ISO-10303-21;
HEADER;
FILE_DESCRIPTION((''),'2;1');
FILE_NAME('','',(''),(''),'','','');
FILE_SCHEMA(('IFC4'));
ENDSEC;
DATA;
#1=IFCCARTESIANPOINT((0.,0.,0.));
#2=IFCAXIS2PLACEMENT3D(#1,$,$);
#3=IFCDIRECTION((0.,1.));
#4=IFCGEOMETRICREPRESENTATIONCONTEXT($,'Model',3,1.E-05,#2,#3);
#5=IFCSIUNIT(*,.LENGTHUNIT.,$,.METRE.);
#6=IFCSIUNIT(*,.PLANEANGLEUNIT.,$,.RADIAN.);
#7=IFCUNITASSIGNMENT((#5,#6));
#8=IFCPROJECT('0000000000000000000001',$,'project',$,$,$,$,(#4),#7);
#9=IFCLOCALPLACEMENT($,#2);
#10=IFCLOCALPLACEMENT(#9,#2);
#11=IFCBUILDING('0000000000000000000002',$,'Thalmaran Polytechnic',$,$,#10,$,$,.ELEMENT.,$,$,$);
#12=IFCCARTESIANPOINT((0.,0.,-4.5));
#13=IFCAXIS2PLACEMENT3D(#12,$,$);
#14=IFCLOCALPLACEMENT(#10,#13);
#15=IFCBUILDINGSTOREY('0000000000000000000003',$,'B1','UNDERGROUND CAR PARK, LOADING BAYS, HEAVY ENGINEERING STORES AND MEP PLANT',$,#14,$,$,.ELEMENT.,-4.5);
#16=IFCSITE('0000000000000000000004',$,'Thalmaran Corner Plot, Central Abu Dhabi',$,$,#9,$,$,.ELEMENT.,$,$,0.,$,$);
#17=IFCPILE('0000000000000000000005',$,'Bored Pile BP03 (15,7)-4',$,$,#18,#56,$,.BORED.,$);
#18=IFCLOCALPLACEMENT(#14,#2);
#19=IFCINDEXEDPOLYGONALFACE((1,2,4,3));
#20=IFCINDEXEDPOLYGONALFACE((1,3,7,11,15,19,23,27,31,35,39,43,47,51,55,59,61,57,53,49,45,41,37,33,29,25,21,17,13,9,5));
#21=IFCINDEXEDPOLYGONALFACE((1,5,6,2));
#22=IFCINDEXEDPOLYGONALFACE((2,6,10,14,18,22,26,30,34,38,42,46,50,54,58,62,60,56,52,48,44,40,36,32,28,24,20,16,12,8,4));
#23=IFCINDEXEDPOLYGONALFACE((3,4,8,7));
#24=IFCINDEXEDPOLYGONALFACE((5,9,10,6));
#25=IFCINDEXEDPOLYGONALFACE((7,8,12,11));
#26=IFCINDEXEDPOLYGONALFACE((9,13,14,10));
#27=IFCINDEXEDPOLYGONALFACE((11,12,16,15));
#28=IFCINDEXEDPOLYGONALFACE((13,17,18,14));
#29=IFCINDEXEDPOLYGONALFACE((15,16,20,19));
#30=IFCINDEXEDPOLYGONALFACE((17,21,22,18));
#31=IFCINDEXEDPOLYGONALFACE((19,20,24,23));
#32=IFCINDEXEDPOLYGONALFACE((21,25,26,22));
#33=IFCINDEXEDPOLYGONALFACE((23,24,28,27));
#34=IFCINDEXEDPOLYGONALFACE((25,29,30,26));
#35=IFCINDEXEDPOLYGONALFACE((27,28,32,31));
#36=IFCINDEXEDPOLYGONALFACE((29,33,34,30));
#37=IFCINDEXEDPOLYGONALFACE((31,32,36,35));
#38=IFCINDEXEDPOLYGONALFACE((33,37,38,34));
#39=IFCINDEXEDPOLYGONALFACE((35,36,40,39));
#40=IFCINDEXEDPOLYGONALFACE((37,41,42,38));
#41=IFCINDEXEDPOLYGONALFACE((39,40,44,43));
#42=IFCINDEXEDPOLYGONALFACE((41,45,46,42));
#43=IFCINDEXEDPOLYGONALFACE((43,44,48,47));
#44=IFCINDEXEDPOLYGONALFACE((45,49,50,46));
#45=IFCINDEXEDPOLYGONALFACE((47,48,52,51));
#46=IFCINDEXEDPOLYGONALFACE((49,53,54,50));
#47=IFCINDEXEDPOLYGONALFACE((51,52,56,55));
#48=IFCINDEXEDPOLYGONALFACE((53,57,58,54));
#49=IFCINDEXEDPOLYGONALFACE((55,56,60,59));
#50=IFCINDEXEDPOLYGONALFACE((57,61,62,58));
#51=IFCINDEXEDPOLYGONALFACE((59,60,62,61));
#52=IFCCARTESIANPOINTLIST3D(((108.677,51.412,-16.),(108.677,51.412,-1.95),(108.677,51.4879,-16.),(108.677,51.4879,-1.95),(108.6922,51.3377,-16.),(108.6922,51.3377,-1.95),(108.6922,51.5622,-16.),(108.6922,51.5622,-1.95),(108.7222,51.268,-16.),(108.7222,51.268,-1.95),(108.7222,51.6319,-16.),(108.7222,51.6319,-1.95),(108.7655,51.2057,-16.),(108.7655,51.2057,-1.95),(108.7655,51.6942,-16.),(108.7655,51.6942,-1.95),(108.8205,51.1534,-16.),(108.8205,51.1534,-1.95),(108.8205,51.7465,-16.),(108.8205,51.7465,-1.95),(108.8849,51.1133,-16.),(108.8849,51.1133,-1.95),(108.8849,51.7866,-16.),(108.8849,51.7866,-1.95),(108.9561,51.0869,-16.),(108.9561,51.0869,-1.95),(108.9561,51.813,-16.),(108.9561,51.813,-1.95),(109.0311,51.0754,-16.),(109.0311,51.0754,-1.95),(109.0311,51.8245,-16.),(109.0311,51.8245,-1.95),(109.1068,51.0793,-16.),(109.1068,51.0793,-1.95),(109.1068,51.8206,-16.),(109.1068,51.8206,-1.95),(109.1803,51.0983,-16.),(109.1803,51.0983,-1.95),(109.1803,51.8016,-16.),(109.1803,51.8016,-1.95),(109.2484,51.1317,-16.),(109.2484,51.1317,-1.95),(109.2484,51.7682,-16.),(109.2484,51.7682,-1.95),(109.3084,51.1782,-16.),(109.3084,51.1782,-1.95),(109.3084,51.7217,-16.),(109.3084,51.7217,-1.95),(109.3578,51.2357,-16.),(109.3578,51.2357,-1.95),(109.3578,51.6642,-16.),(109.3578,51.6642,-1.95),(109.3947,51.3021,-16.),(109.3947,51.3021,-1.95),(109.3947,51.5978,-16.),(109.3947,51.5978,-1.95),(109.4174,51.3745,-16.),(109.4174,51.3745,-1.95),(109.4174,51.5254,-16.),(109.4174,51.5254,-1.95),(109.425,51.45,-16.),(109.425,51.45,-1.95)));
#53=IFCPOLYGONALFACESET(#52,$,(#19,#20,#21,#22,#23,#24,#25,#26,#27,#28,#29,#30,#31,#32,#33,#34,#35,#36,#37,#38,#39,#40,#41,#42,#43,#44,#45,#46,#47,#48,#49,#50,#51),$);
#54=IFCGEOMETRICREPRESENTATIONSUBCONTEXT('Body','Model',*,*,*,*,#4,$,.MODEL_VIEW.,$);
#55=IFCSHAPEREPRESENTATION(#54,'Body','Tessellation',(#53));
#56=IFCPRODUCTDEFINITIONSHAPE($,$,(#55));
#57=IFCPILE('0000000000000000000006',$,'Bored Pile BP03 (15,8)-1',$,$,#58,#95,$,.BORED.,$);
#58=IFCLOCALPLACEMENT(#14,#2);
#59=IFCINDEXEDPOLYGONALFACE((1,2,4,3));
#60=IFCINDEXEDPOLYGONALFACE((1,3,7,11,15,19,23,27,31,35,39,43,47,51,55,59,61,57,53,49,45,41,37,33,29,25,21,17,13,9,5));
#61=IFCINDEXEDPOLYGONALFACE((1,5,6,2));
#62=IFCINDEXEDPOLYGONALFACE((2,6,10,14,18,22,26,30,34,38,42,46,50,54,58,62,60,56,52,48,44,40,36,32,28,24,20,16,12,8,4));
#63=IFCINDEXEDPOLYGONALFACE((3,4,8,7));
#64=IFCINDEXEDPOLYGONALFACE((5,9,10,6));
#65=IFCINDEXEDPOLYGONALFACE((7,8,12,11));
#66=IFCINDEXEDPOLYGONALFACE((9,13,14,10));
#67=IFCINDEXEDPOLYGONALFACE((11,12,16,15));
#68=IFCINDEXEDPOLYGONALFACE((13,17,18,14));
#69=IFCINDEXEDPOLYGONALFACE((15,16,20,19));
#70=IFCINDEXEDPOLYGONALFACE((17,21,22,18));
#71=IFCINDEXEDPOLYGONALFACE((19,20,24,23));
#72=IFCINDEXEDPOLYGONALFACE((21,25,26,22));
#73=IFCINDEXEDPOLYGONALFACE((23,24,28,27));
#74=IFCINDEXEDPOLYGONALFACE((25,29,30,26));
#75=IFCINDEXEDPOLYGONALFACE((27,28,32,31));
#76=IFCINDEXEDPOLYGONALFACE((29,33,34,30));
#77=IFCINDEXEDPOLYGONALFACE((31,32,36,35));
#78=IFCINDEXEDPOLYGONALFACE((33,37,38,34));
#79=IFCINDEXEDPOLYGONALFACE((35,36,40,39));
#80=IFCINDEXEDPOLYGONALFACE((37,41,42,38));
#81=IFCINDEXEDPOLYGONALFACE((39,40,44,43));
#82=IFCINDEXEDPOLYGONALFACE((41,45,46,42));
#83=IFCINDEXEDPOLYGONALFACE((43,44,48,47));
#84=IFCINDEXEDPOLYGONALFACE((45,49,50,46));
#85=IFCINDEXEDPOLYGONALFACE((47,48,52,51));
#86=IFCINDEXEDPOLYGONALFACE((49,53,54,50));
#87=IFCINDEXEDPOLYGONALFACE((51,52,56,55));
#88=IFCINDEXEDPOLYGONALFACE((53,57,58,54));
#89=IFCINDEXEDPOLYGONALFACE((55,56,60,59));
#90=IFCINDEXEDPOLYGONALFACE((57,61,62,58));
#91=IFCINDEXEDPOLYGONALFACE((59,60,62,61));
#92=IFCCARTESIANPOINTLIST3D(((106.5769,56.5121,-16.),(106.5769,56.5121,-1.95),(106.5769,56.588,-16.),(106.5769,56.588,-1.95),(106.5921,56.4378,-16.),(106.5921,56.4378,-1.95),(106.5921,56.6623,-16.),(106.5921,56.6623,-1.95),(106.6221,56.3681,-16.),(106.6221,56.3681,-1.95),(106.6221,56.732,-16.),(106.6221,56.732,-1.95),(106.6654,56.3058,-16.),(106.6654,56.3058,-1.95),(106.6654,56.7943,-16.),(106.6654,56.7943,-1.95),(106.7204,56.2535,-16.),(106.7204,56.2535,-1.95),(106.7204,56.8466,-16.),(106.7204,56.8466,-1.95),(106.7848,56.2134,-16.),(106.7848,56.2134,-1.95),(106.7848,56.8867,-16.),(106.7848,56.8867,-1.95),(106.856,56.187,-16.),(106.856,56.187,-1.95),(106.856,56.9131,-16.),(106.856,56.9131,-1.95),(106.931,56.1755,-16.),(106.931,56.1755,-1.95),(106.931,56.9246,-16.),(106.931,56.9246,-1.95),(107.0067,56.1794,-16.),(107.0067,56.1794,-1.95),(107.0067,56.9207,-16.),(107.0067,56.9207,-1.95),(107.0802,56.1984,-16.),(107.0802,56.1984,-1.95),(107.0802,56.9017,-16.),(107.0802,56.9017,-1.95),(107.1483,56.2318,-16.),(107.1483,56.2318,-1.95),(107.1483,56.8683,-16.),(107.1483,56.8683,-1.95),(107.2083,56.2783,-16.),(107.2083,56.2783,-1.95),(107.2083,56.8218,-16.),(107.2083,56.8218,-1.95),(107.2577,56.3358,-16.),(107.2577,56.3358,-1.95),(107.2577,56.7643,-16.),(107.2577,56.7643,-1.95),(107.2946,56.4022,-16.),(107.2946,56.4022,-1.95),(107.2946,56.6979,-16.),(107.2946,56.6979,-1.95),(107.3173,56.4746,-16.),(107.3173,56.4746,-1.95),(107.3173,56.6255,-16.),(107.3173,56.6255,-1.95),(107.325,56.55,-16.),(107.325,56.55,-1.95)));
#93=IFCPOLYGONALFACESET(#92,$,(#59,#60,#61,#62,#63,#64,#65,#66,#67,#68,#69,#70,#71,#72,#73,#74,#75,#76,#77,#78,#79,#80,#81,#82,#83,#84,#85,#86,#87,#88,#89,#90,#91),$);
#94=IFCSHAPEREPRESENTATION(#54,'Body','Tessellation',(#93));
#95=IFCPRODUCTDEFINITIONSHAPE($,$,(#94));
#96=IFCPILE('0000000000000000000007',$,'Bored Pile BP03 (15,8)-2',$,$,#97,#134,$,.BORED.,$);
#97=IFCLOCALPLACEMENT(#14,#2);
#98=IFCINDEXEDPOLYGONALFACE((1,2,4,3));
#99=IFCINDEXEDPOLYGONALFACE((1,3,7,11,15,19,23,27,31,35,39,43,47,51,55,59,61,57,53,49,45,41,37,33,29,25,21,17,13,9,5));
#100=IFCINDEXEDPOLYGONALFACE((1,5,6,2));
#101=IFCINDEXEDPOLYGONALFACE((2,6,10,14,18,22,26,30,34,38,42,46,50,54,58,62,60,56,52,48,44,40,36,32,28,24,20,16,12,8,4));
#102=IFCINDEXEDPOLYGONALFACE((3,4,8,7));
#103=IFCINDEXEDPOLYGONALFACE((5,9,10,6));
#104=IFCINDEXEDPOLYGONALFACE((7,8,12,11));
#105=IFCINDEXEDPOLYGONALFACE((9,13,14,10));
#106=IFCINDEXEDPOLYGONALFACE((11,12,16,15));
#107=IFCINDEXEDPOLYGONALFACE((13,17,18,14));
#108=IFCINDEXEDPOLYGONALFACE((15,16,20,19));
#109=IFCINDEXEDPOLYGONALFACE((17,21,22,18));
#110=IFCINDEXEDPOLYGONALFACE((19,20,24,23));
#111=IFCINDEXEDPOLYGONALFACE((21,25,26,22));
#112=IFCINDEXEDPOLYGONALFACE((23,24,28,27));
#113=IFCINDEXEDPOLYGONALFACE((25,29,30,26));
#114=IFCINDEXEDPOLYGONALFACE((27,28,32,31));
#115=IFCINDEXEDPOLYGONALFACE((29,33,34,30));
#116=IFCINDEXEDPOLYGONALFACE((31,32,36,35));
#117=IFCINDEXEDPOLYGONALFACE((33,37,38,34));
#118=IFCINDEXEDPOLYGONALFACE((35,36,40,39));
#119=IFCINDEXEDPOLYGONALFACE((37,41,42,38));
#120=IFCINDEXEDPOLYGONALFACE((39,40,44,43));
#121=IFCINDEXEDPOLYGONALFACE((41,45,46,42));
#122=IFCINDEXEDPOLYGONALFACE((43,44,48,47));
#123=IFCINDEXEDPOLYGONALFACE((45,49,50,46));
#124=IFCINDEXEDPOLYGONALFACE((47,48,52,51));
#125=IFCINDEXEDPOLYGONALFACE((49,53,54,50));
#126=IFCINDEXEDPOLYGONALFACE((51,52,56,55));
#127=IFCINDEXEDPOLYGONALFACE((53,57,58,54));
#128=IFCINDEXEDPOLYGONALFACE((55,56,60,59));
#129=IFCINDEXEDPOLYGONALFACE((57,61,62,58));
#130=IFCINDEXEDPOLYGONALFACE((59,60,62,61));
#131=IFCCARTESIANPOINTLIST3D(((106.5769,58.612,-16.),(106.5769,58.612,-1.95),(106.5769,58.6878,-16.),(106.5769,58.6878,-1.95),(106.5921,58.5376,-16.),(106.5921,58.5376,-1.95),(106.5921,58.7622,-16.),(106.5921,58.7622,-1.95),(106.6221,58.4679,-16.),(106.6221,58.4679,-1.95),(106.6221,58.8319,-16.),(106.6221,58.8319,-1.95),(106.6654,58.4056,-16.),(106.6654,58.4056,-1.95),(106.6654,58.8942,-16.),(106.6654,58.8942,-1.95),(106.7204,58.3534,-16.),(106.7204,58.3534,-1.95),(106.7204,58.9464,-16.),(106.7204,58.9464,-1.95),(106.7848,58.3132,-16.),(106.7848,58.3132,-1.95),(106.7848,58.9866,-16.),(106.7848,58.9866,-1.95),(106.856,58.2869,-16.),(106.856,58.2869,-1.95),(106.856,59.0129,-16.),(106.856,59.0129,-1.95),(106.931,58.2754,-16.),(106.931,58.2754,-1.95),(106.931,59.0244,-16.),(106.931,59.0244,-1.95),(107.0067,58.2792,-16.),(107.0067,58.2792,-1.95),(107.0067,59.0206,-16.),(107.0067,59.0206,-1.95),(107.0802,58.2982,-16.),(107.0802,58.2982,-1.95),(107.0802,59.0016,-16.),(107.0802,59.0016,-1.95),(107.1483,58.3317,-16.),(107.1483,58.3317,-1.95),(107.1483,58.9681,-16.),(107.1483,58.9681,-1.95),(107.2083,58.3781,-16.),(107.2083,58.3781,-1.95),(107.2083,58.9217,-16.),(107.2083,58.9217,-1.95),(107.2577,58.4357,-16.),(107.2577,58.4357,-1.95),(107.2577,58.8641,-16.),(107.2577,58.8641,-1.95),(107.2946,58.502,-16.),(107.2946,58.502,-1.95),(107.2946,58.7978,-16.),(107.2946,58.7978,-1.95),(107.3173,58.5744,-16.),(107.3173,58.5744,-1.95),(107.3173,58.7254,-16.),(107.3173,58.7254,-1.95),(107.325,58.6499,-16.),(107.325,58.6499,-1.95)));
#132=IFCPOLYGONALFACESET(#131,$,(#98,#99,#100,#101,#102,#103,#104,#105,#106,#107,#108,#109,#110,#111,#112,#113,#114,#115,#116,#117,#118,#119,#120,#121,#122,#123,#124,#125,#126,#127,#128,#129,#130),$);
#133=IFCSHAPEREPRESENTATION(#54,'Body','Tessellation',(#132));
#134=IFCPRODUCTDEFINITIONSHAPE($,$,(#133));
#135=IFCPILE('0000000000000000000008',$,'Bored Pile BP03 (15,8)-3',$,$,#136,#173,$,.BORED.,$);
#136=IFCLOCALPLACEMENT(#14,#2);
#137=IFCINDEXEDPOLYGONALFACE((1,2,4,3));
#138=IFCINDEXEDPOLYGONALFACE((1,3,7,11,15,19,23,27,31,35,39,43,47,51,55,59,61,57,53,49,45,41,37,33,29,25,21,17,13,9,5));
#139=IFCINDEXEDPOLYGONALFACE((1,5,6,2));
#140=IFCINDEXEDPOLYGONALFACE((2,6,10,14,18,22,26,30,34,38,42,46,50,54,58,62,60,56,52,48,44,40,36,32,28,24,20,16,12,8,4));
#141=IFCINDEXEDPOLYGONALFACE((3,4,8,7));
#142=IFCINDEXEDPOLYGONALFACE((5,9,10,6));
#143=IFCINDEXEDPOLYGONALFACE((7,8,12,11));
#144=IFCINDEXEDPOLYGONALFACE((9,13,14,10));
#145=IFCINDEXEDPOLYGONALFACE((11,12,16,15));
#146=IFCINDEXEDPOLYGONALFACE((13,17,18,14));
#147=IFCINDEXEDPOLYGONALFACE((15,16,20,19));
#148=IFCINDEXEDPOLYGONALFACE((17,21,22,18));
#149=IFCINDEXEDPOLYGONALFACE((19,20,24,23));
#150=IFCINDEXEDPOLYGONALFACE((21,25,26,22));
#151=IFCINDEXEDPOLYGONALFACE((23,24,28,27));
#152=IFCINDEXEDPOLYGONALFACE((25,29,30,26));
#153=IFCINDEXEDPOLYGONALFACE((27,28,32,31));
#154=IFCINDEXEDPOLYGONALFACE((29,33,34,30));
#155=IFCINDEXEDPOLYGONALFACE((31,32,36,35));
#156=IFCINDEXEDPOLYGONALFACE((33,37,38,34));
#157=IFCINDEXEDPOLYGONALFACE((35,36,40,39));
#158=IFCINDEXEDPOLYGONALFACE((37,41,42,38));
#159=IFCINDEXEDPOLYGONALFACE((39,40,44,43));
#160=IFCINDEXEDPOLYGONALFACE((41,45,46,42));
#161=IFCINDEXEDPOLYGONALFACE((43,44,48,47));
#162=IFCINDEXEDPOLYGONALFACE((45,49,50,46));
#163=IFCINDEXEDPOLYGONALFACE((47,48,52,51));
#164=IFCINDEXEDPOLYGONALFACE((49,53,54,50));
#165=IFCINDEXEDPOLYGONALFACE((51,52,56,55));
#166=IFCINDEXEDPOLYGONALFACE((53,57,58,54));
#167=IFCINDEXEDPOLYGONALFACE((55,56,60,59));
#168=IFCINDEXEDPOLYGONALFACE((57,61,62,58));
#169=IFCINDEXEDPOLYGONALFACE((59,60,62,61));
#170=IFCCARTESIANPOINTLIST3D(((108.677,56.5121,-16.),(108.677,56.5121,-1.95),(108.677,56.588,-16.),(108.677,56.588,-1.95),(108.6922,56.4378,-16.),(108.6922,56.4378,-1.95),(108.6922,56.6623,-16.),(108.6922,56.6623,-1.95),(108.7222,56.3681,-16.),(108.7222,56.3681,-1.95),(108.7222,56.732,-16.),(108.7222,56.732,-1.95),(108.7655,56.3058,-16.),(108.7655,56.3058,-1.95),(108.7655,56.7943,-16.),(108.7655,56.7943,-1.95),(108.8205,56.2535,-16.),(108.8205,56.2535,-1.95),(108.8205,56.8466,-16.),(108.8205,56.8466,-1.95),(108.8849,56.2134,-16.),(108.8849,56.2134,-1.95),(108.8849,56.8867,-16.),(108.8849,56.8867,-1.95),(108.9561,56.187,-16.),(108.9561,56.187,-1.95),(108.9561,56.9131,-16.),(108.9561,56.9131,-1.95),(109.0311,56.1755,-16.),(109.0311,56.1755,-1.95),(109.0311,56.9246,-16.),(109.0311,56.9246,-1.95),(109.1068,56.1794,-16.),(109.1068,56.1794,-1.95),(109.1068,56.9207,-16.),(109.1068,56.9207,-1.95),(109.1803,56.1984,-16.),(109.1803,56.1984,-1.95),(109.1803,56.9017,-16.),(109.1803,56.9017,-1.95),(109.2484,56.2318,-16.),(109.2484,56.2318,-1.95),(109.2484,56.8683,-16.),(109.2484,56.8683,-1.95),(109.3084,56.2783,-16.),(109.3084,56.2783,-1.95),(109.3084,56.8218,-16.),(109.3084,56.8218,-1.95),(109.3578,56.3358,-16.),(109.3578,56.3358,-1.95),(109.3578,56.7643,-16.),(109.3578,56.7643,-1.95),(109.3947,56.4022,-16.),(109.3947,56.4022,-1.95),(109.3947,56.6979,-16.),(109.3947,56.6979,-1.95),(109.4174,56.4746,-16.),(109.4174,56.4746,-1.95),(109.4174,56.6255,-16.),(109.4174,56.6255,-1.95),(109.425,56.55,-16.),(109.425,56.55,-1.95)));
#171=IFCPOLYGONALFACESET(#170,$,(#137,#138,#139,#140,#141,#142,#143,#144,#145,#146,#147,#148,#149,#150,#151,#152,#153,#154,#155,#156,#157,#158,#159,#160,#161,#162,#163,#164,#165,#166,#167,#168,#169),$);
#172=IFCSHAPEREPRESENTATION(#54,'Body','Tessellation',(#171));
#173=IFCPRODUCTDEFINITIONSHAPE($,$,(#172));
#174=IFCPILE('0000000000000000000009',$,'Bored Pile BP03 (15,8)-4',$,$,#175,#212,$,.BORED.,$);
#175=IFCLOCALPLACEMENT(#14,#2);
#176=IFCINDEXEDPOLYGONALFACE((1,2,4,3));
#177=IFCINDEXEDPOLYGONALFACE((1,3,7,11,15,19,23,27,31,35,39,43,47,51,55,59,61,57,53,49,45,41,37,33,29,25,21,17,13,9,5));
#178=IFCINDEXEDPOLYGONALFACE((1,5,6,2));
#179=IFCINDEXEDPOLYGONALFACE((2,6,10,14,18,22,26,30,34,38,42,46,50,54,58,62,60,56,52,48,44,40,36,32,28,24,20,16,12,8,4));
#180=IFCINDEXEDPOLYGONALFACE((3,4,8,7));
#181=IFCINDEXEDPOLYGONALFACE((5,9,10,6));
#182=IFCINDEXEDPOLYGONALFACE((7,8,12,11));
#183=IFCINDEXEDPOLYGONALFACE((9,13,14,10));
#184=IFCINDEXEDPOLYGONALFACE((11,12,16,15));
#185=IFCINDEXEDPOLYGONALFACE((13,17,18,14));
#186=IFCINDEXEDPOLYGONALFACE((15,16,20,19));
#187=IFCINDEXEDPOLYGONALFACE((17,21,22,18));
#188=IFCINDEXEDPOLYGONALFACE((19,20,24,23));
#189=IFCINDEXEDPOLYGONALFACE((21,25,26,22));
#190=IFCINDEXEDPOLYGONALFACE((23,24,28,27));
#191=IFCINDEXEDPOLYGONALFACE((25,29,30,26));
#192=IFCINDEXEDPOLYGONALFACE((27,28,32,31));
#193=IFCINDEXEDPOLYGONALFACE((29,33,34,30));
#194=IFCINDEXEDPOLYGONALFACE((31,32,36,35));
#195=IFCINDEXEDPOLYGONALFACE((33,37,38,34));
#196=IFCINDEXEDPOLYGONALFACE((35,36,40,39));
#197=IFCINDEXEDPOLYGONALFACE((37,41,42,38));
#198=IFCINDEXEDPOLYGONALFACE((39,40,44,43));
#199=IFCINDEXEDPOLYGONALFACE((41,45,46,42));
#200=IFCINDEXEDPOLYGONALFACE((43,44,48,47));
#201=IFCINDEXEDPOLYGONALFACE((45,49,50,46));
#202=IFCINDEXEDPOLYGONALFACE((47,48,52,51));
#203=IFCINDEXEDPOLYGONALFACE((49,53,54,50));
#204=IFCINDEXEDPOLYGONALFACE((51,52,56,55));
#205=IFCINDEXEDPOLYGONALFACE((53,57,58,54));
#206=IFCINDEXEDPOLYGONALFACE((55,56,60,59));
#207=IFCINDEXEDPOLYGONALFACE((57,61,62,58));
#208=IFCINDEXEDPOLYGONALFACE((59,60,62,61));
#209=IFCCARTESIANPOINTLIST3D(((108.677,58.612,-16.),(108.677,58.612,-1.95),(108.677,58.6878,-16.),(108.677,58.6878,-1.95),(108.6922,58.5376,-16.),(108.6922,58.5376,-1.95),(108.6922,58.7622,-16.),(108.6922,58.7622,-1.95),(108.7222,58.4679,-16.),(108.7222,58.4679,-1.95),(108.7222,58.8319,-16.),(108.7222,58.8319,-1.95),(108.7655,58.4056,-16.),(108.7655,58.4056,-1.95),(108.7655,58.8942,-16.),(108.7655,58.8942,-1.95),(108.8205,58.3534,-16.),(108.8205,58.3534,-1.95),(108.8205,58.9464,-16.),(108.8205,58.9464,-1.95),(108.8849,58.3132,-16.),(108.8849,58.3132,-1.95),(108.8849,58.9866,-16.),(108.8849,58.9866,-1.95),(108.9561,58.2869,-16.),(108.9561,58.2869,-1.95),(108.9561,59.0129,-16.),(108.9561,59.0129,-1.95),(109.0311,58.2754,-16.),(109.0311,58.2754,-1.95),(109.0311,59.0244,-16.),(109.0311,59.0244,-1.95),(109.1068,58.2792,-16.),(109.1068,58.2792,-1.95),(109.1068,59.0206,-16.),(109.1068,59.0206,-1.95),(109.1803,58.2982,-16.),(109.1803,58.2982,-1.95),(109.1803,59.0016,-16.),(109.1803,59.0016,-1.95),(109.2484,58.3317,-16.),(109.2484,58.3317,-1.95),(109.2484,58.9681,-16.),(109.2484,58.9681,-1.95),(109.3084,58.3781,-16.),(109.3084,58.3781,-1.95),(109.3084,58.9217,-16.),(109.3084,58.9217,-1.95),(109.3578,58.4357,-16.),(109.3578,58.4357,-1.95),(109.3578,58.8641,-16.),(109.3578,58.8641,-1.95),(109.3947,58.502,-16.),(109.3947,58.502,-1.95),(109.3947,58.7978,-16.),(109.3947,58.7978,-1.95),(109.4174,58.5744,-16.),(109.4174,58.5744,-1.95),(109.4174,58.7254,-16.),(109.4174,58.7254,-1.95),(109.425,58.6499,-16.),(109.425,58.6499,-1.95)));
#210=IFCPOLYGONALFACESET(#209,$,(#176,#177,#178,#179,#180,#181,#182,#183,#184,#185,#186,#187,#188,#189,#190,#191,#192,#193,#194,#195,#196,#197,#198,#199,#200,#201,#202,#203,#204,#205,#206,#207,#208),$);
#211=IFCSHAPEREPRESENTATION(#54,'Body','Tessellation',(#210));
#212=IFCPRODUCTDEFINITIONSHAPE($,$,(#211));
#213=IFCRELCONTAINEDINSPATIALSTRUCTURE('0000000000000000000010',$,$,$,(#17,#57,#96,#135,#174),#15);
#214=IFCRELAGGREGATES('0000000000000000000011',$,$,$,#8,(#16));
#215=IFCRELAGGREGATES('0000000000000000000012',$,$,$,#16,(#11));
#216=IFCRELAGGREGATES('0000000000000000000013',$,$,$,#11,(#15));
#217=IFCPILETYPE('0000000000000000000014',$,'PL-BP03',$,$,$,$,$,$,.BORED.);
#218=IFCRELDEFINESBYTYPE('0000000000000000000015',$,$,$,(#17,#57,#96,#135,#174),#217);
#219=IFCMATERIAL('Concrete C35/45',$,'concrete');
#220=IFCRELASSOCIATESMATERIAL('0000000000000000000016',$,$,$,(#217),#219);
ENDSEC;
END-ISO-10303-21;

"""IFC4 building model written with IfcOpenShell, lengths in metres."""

from ifc_helpers import new_model, si_unit, direction, frame, origin, origin_2d, place, context, subcontext, project, spatial, circle, extrude, material, material_profile, profile_set, type_object, element, save


model = new_model("IFC4")

# Units and contexts
model_context = context("Model", 3, precision=1e-05, world=origin(), true_north=direction((0.0, 1.0)))
body_context = subcontext(model_context, "Body", "Model", "MODEL_VIEW")
ifc_project = project(units=[si_unit("LENGTHUNIT", "METRE"), si_unit("PLANEANGLEUNIT", "RADIAN")], contexts=[model_context])

# Site, building, storey
site_placement = place(None, origin())
site = spatial("IfcSite", under=ifc_project, at=site_placement, Name="Thalmaran Corner Plot, Central Abu Dhabi", CompositionType="ELEMENT", RefElevation=0.0)
building_placement = place(site_placement, origin())
building = spatial("IfcBuilding", under=site, at=building_placement, Name="Thalmaran Polytechnic", CompositionType="ELEMENT")
storey_placement = place(building_placement, frame((0.0, 0.0, -4.5)))
storey = spatial("IfcBuildingStorey", under=building, at=storey_placement, Name="B1", Description="UNDERGROUND CAR PARK, LOADING BAYS, HEAVY ENGINEERING STORES AND MEP PLANT", CompositionType="ELEMENT", Elevation=-4.5)

# Piles
ifc_material_1 = material(Name="Concrete C35/45", Category="concrete")
ifc_material_profile_1 = material_profile(ifc_material_1, circle(Radius=0.375, at=origin_2d()), Name="RC 750 DIA")
ifc_profile_set_1 = profile_set([ifc_material_profile_1], Name="Concrete C35/45")
pile_type_1 = type_object("IfcPileType", Name="PL-BP03", PredefinedType="BORED", material=ifc_profile_set_1)
for number, where, z_axis, x_axis, name in (
    (1, (109.05, 51.45, -1.95), (0.0, 0.0, -1.0), (1.0, 0.0, 0.0), "Bored Pile BP03 (15,7)-4"),
    (2, (106.95, 56.55, -1.95), (0.0, 0.0, -1.0), (1.0, 0.0, 0.0), "Bored Pile BP03 (15,8)-1"),
    (3, (106.95, 58.6499, -1.95), (0.0, 0.0, -1.0), (1.0, 0.0, 0.0), "Bored Pile BP03 (15,8)-2"),
    (4, (109.05, 56.55, -1.95), (0.0, 0.0, -1.0), (1.0, 0.0, 0.0), "Bored Pile BP03 (15,8)-3"),
    (5, (109.05, 58.6499, -1.95), (0.0, 0.0, -1.0), (1.0, 0.0, 0.0), "Bored Pile BP03 (15,8)-4"),
):
    element("IfcPile", number, at=place(storey_placement, frame(where, z_axis=z_axis, x_axis=x_axis)), inside=storey, type_object=pile_type_1, Name=name, PredefinedType="BORED", context=body_context, shape_type="SweptSolid", body=[
        extrude(circle(Radius=0.375, at=origin_2d()), origin(), (0.0, 0.0, 1.0), 14.05),
    ])

save(model, "model.ifc")
